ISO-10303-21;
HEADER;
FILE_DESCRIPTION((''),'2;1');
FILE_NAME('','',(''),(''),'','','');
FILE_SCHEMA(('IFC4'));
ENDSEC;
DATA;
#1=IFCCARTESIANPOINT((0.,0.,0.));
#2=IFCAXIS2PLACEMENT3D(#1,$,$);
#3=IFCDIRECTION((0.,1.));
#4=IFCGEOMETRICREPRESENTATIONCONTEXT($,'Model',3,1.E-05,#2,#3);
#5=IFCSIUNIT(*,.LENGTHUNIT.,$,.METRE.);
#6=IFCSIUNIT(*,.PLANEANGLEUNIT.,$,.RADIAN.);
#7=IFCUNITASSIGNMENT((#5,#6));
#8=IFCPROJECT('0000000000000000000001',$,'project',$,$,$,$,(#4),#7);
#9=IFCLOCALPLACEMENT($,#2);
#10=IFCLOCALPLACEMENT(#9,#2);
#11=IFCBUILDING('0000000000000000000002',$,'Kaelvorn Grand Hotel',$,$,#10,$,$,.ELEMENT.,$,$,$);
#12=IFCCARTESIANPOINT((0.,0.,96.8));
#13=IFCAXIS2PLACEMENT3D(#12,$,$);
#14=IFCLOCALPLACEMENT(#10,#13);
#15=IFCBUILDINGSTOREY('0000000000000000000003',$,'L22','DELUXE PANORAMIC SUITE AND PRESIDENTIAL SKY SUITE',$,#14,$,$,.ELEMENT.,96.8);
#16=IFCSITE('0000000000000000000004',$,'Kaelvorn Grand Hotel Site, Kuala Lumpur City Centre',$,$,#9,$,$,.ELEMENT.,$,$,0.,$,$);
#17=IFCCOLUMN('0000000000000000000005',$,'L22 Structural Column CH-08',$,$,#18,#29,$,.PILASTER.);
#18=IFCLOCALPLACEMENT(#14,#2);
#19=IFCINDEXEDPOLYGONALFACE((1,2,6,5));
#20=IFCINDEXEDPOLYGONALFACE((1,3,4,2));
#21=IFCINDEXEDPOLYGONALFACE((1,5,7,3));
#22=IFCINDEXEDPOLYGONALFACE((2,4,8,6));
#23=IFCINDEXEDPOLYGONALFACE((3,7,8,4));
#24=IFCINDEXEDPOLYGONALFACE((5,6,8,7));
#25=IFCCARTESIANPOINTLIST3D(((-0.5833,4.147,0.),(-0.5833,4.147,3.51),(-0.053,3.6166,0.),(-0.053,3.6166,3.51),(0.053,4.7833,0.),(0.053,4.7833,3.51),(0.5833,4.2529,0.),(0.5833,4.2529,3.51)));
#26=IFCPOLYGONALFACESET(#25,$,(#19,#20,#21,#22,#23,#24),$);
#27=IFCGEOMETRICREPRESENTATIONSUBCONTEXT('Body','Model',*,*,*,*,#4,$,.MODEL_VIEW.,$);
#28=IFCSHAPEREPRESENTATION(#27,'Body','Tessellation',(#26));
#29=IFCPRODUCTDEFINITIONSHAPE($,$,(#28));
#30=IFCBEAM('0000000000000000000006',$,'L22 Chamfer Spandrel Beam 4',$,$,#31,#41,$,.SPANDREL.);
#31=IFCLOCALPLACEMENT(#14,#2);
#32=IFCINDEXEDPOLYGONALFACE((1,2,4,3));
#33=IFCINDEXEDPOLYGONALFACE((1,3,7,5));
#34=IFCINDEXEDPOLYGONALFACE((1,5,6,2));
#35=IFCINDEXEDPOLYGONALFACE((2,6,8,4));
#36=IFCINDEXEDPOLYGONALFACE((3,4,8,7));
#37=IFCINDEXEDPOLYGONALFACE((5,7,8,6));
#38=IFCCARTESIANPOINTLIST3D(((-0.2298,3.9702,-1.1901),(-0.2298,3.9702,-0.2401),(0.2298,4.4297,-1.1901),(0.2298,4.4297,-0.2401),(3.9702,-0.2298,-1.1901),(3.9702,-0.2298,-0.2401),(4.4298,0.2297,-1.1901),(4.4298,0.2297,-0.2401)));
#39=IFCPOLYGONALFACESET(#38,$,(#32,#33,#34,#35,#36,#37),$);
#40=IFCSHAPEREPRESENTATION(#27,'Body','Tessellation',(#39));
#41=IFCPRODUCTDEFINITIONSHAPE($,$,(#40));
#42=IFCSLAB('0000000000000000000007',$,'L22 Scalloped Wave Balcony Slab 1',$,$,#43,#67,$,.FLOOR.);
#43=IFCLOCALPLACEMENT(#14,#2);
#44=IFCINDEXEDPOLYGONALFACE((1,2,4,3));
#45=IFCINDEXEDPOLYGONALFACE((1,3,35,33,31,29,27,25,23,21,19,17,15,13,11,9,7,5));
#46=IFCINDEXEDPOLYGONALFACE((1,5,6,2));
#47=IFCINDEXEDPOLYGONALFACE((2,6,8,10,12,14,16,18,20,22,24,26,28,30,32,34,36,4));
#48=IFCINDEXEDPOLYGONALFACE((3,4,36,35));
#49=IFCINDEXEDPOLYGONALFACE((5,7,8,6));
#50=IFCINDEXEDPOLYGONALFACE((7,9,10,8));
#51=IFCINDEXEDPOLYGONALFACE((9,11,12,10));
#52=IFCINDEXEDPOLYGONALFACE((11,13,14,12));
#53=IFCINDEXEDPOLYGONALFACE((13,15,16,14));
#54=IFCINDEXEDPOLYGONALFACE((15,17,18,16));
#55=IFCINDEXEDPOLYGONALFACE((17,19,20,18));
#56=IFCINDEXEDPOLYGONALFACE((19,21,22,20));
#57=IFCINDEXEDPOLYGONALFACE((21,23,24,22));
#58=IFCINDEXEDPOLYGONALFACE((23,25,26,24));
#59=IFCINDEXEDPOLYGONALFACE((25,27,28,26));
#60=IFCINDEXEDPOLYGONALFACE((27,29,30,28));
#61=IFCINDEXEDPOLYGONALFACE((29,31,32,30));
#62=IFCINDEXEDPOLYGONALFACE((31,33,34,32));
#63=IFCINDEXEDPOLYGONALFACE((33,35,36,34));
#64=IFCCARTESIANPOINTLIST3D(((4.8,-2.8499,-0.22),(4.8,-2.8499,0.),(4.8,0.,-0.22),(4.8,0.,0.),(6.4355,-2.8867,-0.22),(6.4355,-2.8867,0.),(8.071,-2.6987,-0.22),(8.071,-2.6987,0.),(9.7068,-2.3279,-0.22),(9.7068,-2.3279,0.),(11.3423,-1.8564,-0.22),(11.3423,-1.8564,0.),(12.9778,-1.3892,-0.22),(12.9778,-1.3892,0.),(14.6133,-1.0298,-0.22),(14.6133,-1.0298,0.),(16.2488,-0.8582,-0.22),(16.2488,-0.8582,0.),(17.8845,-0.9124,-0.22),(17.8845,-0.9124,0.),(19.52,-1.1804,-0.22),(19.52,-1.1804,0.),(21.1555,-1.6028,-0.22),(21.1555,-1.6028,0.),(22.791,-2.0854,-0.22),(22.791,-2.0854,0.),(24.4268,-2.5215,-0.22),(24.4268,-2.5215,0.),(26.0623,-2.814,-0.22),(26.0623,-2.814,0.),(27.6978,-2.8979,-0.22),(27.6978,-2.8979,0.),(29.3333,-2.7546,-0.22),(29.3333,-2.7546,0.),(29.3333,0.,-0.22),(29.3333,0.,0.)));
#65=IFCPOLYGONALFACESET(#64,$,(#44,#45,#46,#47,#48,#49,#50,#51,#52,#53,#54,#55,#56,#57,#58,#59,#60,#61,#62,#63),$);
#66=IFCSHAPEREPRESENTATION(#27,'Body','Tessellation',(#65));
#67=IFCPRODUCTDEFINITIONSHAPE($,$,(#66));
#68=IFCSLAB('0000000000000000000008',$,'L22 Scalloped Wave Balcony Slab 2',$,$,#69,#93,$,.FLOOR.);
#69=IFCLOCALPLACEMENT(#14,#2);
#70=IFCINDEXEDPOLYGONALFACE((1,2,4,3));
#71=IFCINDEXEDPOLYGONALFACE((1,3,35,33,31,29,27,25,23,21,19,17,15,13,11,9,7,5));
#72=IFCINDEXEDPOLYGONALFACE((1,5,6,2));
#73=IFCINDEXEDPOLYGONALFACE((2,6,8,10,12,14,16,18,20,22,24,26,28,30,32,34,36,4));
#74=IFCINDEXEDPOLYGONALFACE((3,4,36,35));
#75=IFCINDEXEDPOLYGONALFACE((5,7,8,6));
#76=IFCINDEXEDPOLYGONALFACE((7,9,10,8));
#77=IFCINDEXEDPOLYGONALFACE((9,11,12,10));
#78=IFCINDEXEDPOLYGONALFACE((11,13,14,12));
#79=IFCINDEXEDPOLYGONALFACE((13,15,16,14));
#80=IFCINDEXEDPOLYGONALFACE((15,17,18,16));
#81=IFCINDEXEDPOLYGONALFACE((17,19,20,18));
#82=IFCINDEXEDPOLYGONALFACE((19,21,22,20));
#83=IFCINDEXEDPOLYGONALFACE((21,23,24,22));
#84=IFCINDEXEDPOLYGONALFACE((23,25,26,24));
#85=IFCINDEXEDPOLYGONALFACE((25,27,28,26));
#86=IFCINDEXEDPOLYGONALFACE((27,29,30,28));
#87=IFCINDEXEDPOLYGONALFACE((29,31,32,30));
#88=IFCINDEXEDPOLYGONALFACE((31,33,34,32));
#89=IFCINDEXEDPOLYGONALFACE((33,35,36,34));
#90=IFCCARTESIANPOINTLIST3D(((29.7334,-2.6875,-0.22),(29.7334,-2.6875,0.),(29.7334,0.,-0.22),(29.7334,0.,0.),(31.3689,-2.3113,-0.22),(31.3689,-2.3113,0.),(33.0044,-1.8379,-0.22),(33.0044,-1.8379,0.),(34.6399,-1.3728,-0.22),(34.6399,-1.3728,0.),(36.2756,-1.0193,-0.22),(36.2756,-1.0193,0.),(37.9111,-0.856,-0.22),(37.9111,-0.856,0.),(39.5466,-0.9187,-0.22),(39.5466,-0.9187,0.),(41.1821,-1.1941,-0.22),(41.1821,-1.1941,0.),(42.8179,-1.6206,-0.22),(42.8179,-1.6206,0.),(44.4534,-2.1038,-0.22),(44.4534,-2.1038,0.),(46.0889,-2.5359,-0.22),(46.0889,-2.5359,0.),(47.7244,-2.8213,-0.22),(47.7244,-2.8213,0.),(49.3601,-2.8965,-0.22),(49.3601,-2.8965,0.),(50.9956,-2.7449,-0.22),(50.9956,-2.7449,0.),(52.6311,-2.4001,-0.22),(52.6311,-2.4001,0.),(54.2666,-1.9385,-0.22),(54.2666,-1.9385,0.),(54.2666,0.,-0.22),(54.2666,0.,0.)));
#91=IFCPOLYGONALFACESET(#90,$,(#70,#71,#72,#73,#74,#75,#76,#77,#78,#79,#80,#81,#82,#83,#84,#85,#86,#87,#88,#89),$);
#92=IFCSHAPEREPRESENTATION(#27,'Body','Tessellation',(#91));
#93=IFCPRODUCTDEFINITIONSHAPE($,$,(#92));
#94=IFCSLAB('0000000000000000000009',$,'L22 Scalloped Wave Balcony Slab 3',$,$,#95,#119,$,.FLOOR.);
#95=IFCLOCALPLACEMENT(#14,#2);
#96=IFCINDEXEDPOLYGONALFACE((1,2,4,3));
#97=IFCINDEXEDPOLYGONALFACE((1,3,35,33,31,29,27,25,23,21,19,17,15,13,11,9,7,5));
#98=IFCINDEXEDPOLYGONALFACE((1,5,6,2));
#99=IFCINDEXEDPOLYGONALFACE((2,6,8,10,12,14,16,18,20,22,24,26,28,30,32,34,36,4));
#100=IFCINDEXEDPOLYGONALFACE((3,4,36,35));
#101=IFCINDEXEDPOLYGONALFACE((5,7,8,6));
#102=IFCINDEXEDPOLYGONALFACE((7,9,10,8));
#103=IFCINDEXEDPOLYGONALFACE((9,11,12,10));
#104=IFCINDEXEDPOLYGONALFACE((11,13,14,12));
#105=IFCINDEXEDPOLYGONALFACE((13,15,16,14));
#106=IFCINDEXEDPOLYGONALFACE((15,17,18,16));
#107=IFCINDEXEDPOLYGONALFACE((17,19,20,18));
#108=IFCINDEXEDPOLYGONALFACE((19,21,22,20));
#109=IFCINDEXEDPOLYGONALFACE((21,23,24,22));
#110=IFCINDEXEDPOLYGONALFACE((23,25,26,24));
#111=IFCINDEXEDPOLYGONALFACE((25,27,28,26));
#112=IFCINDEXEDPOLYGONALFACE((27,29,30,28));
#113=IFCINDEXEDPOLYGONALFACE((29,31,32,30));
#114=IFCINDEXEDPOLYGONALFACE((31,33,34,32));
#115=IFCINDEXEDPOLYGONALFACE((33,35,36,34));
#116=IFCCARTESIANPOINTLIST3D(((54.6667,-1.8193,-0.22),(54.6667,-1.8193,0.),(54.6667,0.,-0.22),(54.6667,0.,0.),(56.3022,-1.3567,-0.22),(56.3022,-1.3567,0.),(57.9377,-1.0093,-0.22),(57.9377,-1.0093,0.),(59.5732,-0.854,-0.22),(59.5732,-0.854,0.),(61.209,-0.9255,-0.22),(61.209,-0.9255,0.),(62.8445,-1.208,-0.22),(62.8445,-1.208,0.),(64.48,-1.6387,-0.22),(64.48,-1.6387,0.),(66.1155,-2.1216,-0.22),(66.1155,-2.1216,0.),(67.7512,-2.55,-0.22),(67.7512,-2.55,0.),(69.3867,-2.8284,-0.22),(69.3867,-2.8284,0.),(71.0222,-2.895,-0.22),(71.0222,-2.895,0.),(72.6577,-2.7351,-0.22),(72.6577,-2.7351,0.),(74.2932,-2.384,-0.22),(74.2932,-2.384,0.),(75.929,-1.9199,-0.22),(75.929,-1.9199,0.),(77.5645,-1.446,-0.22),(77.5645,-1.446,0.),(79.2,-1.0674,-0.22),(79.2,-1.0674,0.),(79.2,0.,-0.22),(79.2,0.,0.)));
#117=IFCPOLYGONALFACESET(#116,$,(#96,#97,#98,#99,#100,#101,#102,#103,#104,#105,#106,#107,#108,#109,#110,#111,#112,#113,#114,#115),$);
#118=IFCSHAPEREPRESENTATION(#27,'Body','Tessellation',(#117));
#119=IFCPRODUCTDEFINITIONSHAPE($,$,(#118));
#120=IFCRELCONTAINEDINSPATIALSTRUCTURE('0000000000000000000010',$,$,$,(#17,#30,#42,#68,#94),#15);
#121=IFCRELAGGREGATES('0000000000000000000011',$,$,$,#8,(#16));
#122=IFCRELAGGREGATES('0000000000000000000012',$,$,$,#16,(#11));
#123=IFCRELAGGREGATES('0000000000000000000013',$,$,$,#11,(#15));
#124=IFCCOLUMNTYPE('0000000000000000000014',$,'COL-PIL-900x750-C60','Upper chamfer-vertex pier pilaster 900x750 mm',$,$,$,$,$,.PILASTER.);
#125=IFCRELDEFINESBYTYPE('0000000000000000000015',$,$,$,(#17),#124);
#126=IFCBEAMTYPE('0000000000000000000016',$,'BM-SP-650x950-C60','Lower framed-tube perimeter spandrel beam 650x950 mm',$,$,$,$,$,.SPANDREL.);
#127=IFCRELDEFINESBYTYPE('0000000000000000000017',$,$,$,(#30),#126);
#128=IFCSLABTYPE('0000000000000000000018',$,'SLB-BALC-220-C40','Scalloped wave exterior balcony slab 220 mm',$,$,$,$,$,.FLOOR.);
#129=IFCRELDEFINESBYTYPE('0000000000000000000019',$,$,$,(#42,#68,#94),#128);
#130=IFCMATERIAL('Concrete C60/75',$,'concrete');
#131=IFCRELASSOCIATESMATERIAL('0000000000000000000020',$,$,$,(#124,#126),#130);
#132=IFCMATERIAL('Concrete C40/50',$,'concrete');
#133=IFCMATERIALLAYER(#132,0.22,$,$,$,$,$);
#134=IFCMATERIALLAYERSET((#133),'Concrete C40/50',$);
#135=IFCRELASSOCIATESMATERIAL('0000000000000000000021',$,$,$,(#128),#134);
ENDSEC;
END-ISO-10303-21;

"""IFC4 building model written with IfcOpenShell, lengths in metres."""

from ifc_helpers import new_model, si_unit, direction, frame, origin, origin_2d, place, context, subcontext, project, spatial, polyline, rectangle, outline, extrude, material, layer, layer_set, material_profile, profile_set, type_object, element, save


model = new_model("IFC4")

# Units and contexts
model_context = context("Model", 3, precision=1e-05, world=origin(), true_north=direction((0.0, 1.0)))
body_context = subcontext(model_context, "Body", "Model", "MODEL_VIEW")
ifc_project = project(units=[si_unit("LENGTHUNIT", "METRE"), si_unit("PLANEANGLEUNIT", "RADIAN")], contexts=[model_context])

# Site, building, storey
site_placement = place(None, origin())
site = spatial("IfcSite", under=ifc_project, at=site_placement, Name="Kaelvorn Grand Hotel Site, Kuala Lumpur City Centre", CompositionType="ELEMENT", RefElevation=0.0)
building_placement = place(site_placement, origin())
building = spatial("IfcBuilding", under=site, at=building_placement, Name="Kaelvorn Grand Hotel", CompositionType="ELEMENT")
storey_placement = place(building_placement, frame((0.0, 0.0, 96.8)))
storey = spatial("IfcBuildingStorey", under=building, at=storey_placement, Name="L22", Description="DELUXE PANORAMIC SUITE AND PRESIDENTIAL SKY SUITE", CompositionType="ELEMENT", Elevation=96.8)

# Column
ifc_material_1 = material(Name="Concrete C60/75", Category="concrete")
ifc_material_profile_1 = material_profile(ifc_material_1, rectangle(XDim=0.8999, YDim=0.75, at=origin_2d()), Name="RC PILASTER 900x750")
ifc_profile_set_1 = profile_set([ifc_material_profile_1], Name="Concrete C60/75")
column_type = type_object("IfcColumnType", Name="COL-PIL-900x750-C60", Description="Upper chamfer-vertex pier pilaster 900x750 mm", PredefinedType="PILASTER", material=ifc_profile_set_1)
column_placement = place(storey_placement, frame((0.0, 4.2, 0.0), z_axis=(0.0, 0.0, 1.0), x_axis=(0.707107, 0.707107, 0.0)))
element("IfcColumn", 1, at=column_placement, inside=storey, type_object=column_type, Name="L22 Structural Column CH-08", PredefinedType="PILASTER", context=body_context, shape_type="SweptSolid", body=[
    extrude(rectangle(XDim=0.8999, YDim=0.75, at=origin_2d()), origin(), (0.0, 0.0, 1.0), 3.51),
])

# Beam
ifc_material_profile_2 = material_profile(ifc_material_1, rectangle(XDim=0.6499, YDim=0.95, at=origin_2d()), Name="RC SPANDREL 650x950")
ifc_profile_set_2 = profile_set([ifc_material_profile_2], Name="Concrete C60/75")
beam_type = type_object("IfcBeamType", Name="BM-SP-650x950-C60", Description="Lower framed-tube perimeter spandrel beam 650x950 mm", PredefinedType="SPANDREL", material=ifc_profile_set_2)
beam_placement = place(storey_placement, frame((0.0, 4.2, -0.7151), z_axis=(0.707107, -0.707107, 0.0), x_axis=(0.707107, 0.707107, 0.0)))
element("IfcBeam", 2, at=beam_placement, inside=storey, type_object=beam_type, Name="L22 Chamfer Spandrel Beam 4", PredefinedType="SPANDREL", context=body_context, shape_type="SweptSolid", body=[
    extrude(rectangle(XDim=0.6499, YDim=0.95, at=origin_2d()), origin(), (0.0, 0.0, 1.0), 5.9397),
])

# Slabs
ifc_material_2 = material(Name="Concrete C40/50", Category="concrete")
ifc_layer_1 = layer(ifc_material_2, 0.22)
ifc_layer_set_1 = layer_set([ifc_layer_1], Name="Concrete C40/50")
slab_type_1 = type_object("IfcSlabType", Name="SLB-BALC-220-C40", Description="Scalloped wave exterior balcony slab 220 mm", PredefinedType="FLOOR", material=ifc_layer_set_1)
slab_1_placement = place(storey_placement, frame((0.0, 0.0, -0.22)))
element("IfcSlab", 3, at=slab_1_placement, inside=storey, type_object=slab_type_1, Name="L22 Scalloped Wave Balcony Slab 1", PredefinedType="FLOOR", context=body_context, shape_type="SweptSolid", body=[
    extrude(outline(polyline([(4.8, -2.8499), (6.4355, -2.8867), (8.071, -2.6987), (9.7068, -2.3279), (11.3423, -1.8564), (12.9778, -1.3892), (14.6133, -1.0298), (16.2488, -0.8582), (17.8845, -0.9124), (19.52, -1.1804), (21.1555, -1.6028), (22.791, -2.0854), (24.4268, -2.5215), (26.0623, -2.814), (27.6978, -2.8979), (29.3333, -2.7546), (29.3333, 0.0), (4.8, 0.0), (4.8, -2.8499)])), origin(), (0.0, 0.0, 1.0), 0.22),
])
slab_2_placement = place(storey_placement, frame((0.0, 0.0, -0.22)))
element("IfcSlab", 4, at=slab_2_placement, inside=storey, type_object=slab_type_1, Name="L22 Scalloped Wave Balcony Slab 2", PredefinedType="FLOOR", context=body_context, shape_type="SweptSolid", body=[
    extrude(outline(polyline([(29.7334, -2.6875), (31.3689, -2.3113), (33.0044, -1.8379), (34.6399, -1.3728), (36.2756, -1.0193), (37.9111, -0.856), (39.5466, -0.9187), (41.1821, -1.1941), (42.8179, -1.6206), (44.4534, -2.1038), (46.0889, -2.5359), (47.7244, -2.8213), (49.3601, -2.8965), (50.9956, -2.7449), (52.6311, -2.4001), (54.2666, -1.9385), (54.2666, 0.0), (29.7334, 0.0), (29.7334, -2.6875)])), origin(), (0.0, 0.0, 1.0), 0.22),
])
slab_3_placement = place(storey_placement, frame((0.0, 0.0, -0.22)))
element("IfcSlab", 5, at=slab_3_placement, inside=storey, type_object=slab_type_1, Name="L22 Scalloped Wave Balcony Slab 3", PredefinedType="FLOOR", context=body_context, shape_type="SweptSolid", body=[
    extrude(outline(polyline([(54.6667, -1.8193), (56.3022, -1.3567), (57.9377, -1.0093), (59.5732, -0.854), (61.209, -0.9255), (62.8445, -1.208), (64.48, -1.6387), (66.1155, -2.1216), (67.7512, -2.55), (69.3867, -2.8284), (71.0222, -2.895), (72.6577, -2.7351), (74.2932, -2.384), (75.929, -1.9199), (77.5645, -1.446), (79.2, -1.0674), (79.2, 0.0), (54.6667, 0.0), (54.6667, -1.8193)])), origin(), (0.0, 0.0, 1.0), 0.22),
])

save(model, "model.ifc")
